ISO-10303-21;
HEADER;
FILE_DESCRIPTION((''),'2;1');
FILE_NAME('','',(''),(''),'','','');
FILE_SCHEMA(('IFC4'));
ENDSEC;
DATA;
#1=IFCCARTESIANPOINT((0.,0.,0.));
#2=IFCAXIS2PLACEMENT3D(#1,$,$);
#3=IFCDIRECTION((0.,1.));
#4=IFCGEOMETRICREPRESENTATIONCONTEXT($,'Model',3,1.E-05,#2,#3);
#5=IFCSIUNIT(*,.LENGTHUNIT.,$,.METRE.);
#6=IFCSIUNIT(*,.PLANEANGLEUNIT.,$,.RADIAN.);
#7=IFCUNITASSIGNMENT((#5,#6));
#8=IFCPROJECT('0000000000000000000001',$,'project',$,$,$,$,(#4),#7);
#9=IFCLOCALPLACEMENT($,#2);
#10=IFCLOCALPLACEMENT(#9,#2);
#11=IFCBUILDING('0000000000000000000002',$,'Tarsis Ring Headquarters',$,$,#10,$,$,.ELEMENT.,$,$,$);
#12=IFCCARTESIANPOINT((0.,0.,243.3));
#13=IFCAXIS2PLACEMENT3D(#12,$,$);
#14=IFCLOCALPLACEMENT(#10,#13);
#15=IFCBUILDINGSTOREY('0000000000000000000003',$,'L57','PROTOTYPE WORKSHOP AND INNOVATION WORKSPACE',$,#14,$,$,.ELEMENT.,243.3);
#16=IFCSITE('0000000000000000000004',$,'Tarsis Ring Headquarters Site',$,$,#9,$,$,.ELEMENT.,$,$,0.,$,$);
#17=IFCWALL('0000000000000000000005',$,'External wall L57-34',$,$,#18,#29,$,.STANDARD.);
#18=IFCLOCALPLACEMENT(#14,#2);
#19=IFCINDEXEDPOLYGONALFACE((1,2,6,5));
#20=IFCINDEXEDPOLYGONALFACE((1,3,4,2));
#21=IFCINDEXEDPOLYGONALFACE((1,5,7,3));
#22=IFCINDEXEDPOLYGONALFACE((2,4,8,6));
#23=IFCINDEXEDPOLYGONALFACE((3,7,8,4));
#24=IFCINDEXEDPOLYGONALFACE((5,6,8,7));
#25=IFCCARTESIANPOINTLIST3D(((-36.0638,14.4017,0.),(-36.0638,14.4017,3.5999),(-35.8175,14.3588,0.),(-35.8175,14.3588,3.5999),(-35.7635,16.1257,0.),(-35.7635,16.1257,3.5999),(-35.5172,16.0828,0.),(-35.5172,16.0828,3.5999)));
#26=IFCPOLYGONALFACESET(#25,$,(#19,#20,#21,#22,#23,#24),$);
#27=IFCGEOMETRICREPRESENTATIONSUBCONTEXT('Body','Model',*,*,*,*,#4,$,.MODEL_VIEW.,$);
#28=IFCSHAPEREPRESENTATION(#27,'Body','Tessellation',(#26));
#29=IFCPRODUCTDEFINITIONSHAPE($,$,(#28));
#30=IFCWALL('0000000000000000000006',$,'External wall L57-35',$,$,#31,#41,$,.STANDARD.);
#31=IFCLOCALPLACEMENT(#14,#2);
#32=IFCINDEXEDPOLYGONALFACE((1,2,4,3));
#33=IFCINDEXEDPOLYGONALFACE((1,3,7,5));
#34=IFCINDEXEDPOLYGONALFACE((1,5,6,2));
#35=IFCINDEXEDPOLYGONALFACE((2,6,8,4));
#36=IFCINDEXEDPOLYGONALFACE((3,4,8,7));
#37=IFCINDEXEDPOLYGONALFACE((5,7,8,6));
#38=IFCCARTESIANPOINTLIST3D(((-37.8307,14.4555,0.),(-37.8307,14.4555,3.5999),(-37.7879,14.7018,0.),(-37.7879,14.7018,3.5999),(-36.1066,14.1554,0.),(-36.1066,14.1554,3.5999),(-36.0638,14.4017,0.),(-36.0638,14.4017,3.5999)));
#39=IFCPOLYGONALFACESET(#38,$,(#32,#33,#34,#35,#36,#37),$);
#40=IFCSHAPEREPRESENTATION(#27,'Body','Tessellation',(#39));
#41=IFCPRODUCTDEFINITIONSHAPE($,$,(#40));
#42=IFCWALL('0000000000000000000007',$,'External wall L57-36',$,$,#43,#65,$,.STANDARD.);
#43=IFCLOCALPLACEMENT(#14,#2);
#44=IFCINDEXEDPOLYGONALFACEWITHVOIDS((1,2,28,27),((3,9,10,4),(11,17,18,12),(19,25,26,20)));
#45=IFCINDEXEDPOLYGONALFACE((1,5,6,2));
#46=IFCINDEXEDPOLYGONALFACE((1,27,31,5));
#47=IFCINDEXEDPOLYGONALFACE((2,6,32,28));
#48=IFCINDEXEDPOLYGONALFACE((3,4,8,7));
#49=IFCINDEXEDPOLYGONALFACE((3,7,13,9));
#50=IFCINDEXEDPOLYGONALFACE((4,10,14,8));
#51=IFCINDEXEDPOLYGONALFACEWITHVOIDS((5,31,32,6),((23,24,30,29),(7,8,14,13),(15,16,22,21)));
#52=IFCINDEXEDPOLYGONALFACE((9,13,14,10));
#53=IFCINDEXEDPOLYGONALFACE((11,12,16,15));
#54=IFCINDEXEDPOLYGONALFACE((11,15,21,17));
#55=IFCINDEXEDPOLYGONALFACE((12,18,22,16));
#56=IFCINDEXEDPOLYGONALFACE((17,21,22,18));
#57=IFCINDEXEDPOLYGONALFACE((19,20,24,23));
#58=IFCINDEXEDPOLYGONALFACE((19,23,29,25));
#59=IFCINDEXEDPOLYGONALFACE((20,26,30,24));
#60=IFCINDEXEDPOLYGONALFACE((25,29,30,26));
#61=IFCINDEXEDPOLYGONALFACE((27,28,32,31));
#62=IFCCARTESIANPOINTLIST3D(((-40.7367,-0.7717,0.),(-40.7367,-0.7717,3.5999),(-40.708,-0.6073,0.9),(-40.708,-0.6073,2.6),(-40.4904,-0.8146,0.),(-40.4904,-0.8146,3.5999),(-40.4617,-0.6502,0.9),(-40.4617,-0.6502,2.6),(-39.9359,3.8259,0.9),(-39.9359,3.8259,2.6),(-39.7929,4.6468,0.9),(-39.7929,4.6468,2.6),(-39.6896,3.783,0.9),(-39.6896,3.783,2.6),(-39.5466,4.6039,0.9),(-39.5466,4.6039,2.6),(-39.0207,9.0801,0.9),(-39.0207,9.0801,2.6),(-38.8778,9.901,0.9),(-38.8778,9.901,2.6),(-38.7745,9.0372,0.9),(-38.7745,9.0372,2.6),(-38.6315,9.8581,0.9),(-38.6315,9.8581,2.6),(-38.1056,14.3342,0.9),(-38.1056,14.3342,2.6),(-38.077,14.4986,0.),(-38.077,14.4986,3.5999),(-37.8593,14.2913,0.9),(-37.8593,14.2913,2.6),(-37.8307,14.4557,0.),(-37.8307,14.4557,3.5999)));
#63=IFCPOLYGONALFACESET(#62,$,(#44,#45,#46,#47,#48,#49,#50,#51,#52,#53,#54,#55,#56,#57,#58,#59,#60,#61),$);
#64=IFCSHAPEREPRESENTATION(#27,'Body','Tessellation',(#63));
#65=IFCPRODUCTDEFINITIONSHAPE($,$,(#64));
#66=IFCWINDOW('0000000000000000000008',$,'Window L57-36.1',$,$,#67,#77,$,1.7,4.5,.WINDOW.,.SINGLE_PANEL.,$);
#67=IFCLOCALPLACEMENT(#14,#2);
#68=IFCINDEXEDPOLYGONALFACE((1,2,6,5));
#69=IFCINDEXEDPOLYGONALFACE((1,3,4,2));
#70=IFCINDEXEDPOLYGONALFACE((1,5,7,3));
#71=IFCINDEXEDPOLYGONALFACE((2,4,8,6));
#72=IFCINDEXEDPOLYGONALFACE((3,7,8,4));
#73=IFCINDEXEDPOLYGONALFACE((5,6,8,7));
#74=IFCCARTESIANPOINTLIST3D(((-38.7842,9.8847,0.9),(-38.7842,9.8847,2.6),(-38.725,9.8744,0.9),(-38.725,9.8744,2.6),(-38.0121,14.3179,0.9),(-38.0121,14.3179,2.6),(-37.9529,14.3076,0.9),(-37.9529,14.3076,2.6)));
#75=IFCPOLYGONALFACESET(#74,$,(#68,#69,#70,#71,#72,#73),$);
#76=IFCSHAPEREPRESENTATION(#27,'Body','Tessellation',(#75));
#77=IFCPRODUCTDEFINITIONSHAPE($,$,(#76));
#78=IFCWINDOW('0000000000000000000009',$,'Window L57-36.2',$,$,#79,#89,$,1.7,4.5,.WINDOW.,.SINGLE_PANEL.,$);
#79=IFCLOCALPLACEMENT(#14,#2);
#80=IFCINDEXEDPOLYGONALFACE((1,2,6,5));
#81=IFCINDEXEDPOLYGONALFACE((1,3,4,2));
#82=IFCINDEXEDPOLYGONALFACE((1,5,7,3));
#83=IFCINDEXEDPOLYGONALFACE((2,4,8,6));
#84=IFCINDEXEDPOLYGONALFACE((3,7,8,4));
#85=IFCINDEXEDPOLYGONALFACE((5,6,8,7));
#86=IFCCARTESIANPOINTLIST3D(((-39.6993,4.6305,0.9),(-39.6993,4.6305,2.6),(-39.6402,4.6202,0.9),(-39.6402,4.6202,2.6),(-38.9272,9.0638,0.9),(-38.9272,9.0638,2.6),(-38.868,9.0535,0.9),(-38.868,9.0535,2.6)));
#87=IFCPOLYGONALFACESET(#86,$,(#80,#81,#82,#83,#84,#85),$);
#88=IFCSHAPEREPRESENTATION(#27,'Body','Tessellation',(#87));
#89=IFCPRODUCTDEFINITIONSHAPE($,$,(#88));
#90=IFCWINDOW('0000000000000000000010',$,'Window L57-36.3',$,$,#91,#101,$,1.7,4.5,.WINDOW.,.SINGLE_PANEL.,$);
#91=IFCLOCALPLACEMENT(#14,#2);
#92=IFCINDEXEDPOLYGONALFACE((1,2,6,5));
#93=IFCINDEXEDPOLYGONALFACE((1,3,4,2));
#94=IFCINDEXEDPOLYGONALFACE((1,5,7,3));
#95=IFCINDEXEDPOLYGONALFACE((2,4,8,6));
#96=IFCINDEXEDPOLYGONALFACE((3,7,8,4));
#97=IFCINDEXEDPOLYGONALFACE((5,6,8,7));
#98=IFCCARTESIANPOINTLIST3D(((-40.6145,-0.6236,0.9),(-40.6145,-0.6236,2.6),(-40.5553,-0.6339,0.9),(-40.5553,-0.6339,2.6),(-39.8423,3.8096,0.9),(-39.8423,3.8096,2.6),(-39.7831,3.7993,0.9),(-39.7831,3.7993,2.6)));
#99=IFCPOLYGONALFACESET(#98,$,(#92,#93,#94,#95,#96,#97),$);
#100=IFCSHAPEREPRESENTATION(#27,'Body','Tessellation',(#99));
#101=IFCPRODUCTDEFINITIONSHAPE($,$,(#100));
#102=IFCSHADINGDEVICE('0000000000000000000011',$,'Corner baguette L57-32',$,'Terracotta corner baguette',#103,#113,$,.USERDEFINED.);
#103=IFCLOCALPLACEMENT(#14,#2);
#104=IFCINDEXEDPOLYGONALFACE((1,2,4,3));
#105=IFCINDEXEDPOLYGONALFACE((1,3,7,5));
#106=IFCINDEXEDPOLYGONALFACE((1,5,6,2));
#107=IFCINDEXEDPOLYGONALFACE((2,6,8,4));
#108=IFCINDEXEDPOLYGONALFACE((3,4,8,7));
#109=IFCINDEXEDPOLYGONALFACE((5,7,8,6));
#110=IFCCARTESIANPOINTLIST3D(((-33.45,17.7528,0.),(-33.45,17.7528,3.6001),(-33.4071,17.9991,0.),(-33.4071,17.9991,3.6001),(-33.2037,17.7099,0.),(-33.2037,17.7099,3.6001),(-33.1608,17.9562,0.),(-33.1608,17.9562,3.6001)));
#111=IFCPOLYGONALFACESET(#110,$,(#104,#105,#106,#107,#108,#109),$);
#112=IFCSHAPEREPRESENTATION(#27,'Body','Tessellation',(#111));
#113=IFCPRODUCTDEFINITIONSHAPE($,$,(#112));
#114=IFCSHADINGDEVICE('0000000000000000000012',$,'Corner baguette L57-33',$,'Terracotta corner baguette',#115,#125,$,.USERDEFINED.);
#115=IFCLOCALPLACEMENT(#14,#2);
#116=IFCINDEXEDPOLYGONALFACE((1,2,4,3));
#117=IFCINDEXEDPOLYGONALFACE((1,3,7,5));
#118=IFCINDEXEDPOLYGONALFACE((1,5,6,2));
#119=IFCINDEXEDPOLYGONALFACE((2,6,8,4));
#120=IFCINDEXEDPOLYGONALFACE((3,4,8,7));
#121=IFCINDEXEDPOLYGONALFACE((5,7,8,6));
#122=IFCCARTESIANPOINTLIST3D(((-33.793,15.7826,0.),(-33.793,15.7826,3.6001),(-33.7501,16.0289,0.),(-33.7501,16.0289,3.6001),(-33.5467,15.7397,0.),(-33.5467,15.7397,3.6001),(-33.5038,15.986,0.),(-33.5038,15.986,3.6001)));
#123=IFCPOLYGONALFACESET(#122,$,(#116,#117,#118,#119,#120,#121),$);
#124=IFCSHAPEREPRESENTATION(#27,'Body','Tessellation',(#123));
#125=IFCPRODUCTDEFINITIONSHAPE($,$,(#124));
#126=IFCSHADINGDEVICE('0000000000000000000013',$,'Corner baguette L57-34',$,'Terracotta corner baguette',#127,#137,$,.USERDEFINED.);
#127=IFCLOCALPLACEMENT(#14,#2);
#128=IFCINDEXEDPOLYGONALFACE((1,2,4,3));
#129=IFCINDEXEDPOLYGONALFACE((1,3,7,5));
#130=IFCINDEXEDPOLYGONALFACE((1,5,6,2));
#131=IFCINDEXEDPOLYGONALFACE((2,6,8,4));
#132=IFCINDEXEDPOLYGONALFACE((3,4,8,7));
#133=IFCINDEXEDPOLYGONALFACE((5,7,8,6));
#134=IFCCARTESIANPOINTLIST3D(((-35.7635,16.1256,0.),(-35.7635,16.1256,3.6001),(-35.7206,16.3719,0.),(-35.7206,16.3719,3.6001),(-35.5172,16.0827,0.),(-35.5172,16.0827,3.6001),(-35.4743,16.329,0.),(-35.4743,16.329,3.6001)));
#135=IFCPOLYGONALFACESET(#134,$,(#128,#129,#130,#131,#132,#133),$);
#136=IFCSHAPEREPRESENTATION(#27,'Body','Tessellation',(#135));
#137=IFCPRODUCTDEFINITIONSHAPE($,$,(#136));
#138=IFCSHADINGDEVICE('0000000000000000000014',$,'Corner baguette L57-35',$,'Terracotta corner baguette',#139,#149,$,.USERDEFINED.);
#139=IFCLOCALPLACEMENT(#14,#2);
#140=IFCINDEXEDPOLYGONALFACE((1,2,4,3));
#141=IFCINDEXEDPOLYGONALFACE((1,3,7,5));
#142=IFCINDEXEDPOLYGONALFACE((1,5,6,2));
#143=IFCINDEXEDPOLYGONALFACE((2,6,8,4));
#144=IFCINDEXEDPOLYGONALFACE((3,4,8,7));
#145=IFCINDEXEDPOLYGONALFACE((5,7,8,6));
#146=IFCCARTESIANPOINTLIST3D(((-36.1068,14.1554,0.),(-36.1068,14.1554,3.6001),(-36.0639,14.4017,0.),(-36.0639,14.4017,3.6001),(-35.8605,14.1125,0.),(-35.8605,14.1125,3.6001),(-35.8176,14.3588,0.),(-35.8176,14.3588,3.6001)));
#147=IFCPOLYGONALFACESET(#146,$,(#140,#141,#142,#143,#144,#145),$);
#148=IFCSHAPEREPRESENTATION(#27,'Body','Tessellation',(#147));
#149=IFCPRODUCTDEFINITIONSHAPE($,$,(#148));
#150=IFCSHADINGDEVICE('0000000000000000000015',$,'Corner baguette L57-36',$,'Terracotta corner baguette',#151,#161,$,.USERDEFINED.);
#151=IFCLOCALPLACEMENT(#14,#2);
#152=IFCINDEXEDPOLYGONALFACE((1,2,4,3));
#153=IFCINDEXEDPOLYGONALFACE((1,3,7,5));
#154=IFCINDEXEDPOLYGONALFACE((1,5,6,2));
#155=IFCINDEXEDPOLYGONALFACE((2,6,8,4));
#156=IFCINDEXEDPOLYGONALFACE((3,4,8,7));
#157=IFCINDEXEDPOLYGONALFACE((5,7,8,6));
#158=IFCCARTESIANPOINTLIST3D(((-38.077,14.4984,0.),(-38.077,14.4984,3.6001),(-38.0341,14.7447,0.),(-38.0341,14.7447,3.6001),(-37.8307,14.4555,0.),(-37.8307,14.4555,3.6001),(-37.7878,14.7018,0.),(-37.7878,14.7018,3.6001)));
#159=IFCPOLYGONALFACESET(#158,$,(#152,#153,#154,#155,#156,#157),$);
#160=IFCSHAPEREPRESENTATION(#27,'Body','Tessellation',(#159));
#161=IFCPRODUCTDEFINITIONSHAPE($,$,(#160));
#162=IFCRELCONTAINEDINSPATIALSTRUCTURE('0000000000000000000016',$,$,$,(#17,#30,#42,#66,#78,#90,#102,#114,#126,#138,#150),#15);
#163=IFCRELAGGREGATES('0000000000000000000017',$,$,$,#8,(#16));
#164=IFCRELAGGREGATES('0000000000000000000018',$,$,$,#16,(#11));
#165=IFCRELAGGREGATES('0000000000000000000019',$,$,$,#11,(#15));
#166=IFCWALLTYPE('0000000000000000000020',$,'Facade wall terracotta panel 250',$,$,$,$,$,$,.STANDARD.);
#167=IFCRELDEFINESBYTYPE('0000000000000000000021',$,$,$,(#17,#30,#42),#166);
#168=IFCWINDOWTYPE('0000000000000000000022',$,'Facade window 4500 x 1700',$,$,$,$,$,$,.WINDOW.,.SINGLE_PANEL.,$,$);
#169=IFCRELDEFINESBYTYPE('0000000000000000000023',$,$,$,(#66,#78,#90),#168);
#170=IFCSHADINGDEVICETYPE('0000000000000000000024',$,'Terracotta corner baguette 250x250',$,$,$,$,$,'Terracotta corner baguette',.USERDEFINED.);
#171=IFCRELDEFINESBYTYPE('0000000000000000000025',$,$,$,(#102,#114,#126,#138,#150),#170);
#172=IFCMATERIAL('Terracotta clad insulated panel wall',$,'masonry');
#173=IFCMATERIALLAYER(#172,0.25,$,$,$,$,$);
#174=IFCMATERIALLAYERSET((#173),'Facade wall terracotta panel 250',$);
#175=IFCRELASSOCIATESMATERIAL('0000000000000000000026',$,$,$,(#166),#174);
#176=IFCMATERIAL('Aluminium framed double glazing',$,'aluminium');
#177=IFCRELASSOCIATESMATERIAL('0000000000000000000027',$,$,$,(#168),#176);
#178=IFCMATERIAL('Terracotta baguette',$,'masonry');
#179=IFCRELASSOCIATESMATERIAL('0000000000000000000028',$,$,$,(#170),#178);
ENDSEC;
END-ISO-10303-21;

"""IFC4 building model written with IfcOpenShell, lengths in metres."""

from ifc_helpers import new_model, si_unit, direction, frame, frame_2d, origin, origin_2d, place, context, subcontext, project, spatial, rectangle, extrude, material, layer, layer_set, type_object, element, fill, save


model = new_model("IFC4")

# Units and contexts
model_context = context("Model", 3, precision=1e-05, world=origin(), true_north=direction((0.0, 1.0)))
body_context = subcontext(model_context, "Body", "Model", "MODEL_VIEW")
ifc_project = project(units=[si_unit("LENGTHUNIT", "METRE"), si_unit("PLANEANGLEUNIT", "RADIAN")], contexts=[model_context])

# Site, building, storey
site_placement = place(None, origin())
site = spatial("IfcSite", under=ifc_project, at=site_placement, Name="Tarsis Ring Headquarters Site", CompositionType="ELEMENT", RefElevation=0.0)
building_placement = place(site_placement, origin())
building = spatial("IfcBuilding", under=site, at=building_placement, Name="Tarsis Ring Headquarters", CompositionType="ELEMENT")
storey_placement = place(building_placement, frame((0.0, 0.0, 243.3)))
storey = spatial("IfcBuildingStorey", under=building, at=storey_placement, Name="L57", Description="PROTOTYPE WORKSHOP AND INNOVATION WORKSPACE", CompositionType="ELEMENT", Elevation=243.3)

# Walls
ifc_material_1 = material(Name="Terracotta clad insulated panel wall", Category="masonry")
ifc_layer_1 = layer(ifc_material_1, 0.25)
ifc_layer_set_1 = layer_set([ifc_layer_1], Name="Facade wall terracotta panel 250")
wall_type_1 = type_object("IfcWallType", Name="Facade wall terracotta panel 250", PredefinedType="STANDARD", material=ifc_layer_set_1)
for number, where, z_axis, x_axis, name in (
    (1, (-35.6404, 16.1042, 0.0), (0.0, 0.0, 1.0), (-0.171588, -0.985169, 0.0), "External wall L57-34"),
    (2, (-36.0852, 14.2786, 0.0), (0.0, 0.0, 1.0), (-0.985192, 0.171453, 0.0), "External wall L57-35"),
):
    element("IfcWall", number, at=place(storey_placement, frame(where, z_axis=z_axis, x_axis=x_axis)), inside=storey, type_object=wall_type_1, Name=name, PredefinedType="STANDARD", context=body_context, shape_type="SweptSolid", body=[
        extrude(rectangle(XDim=1.75, YDim=0.25, at=frame_2d((0.875, 0.0))), origin(), (0.0, 0.0, 1.0), 3.5999),
    ])

# Wall, openings, windows
wall_1_placement = place(storey_placement, frame((-37.9539, 14.4771, 0.0), z_axis=(0.0, 0.0, 1.0), x_axis=(-0.17159, -0.985168, 0.0)))
wall_1 = element("IfcWall", 3, at=wall_1_placement, inside=storey, type_object=wall_type_1, Name="External wall L57-36", PredefinedType="STANDARD", context=body_context, shape_type="SweptSolid", body=[
    extrude(rectangle(XDim=15.5002, YDim=0.25, at=frame_2d((7.75, 0.0))), origin(), (0.0, 0.0, 1.0), 3.5999),
])
opening_1_placement = place(wall_1_placement, frame((0.1667, 0.0, 0.8999)))
opening_1 = element("IfcOpeningElement", 4, at=opening_1_placement, cuts=wall_1, PredefinedType="OPENING", context=body_context, shape_type="SweptSolid", body=[
    extrude(rectangle(XDim=4.5, YDim=1.7, at=frame_2d((2.25, 0.8501))), frame((0.0, 0.135, 0.0), z_axis=(0.0, -1.0, 0.0), x_axis=(1.0, 0.0, 0.0)), (0.0, 0.0, 1.0), 0.27),
])
opening_2_placement = place(wall_1_placement, frame((5.5, 0.0, 0.8999)))
opening_2 = element("IfcOpeningElement", 5, at=opening_2_placement, cuts=wall_1, PredefinedType="OPENING", context=body_context, shape_type="SweptSolid", body=[
    extrude(rectangle(XDim=4.5, YDim=1.7, at=frame_2d((2.25, 0.8501))), frame((0.0, 0.135, 0.0), z_axis=(0.0, -1.0, 0.0), x_axis=(1.0, 0.0, 0.0)), (0.0, 0.0, 1.0), 0.27),
])
opening_3_placement = place(wall_1_placement, frame((10.8333, 0.0, 0.8999)))
opening_3 = element("IfcOpeningElement", 6, at=opening_3_placement, cuts=wall_1, PredefinedType="OPENING", context=body_context, shape_type="SweptSolid", body=[
    extrude(rectangle(XDim=4.5, YDim=1.7, at=frame_2d((2.25, 0.8501))), frame((0.0, 0.135, 0.0), z_axis=(0.0, -1.0, 0.0), x_axis=(1.0, 0.0, 0.0)), (0.0, 0.0, 1.0), 0.27),
])
ifc_material_2 = material(Name="Aluminium framed double glazing", Category="aluminium")
window_type = type_object("IfcWindowType", Name="Facade window 4500 x 1700", PartitioningType="SINGLE_PANEL", PredefinedType="WINDOW", material=ifc_material_2)
window_1_placement = place(opening_1_placement, origin())
window_1 = element("IfcWindow", 7, at=window_1_placement, inside=storey, type_object=window_type, Name="Window L57-36.1", OverallHeight=1.7, OverallWidth=4.5, PartitioningType="SINGLE_PANEL", PredefinedType="WINDOW", context=body_context, shape_type="SweptSolid", body=[
    extrude(rectangle(XDim=4.5, YDim=1.7, at=frame_2d((2.25, 0.8501))), frame((0.0, 0.03, 0.0), z_axis=(0.0, -1.0, 0.0), x_axis=(1.0, 0.0, 0.0)), (0.0, 0.0, 1.0), 0.0601),
])
fill(opening_1, window_1)
window_2_placement = place(opening_2_placement, origin())
window_2 = element("IfcWindow", 8, at=window_2_placement, inside=storey, type_object=window_type, Name="Window L57-36.2", OverallHeight=1.7, OverallWidth=4.5, PartitioningType="SINGLE_PANEL", PredefinedType="WINDOW", context=body_context, shape_type="SweptSolid", body=[
    extrude(rectangle(XDim=4.5, YDim=1.7, at=frame_2d((2.25, 0.8501))), frame((0.0, 0.03, 0.0), z_axis=(0.0, -1.0, 0.0), x_axis=(1.0, 0.0, 0.0)), (0.0, 0.0, 1.0), 0.0601),
])
fill(opening_2, window_2)
window_3_placement = place(opening_3_placement, origin())
window_3 = element("IfcWindow", 9, at=window_3_placement, inside=storey, type_object=window_type, Name="Window L57-36.3", OverallHeight=1.7, OverallWidth=4.5, PartitioningType="SINGLE_PANEL", PredefinedType="WINDOW", context=body_context, shape_type="SweptSolid", body=[
    extrude(rectangle(XDim=4.5, YDim=1.7, at=frame_2d((2.25, 0.8501))), frame((0.0, 0.03, 0.0), z_axis=(0.0, -1.0, 0.0), x_axis=(1.0, 0.0, 0.0)), (0.0, 0.0, 1.0), 0.0601),
])
fill(opening_3, window_3)

# Shading devices
ifc_material_3 = material(Name="Terracotta baguette", Category="masonry")
shading_device_type = type_object("IfcShadingDeviceType", Name="Terracotta corner baguette 250x250", ElementType="Terracotta corner baguette", PredefinedType="USERDEFINED", material=ifc_material_3)
for number, where, z_axis, x_axis, name in (
    (10, (-33.3054, 17.8545, 0.0), (0.0, 0.0, 1.0), (-0.985169, 0.171585, 0.0), "Corner baguette L57-32"),
    (11, (-33.6484, 15.8843, 0.0), (0.0, 0.0, 1.0), (-0.171585, -0.985169, 0.0), "Corner baguette L57-33"),
    (12, (-35.6189, 16.2273, 0.0), (0.0, 0.0, 1.0), (-0.985169, 0.171585, 0.0), "Corner baguette L57-34"),
    (13, (-35.9622, 14.2571, 0.0), (0.0, 0.0, 1.0), (-0.171585, -0.985169, 0.0), "Corner baguette L57-35"),
    (14, (-37.9324, 14.6001, 0.0), (0.0, 0.0, 1.0), (-0.985169, 0.171585, 0.0), "Corner baguette L57-36"),
):
    element("IfcShadingDevice", number, at=place(storey_placement, frame(where, z_axis=z_axis, x_axis=x_axis)), inside=storey, type_object=shading_device_type, Name=name, ObjectType="Terracotta corner baguette", PredefinedType="USERDEFINED", context=body_context, shape_type="SweptSolid", body=[
        extrude(rectangle(XDim=0.25, YDim=0.25, at=origin_2d()), origin(), (0.0, 0.0, 1.0), 3.6001),
    ])

save(model, "model.ifc")
